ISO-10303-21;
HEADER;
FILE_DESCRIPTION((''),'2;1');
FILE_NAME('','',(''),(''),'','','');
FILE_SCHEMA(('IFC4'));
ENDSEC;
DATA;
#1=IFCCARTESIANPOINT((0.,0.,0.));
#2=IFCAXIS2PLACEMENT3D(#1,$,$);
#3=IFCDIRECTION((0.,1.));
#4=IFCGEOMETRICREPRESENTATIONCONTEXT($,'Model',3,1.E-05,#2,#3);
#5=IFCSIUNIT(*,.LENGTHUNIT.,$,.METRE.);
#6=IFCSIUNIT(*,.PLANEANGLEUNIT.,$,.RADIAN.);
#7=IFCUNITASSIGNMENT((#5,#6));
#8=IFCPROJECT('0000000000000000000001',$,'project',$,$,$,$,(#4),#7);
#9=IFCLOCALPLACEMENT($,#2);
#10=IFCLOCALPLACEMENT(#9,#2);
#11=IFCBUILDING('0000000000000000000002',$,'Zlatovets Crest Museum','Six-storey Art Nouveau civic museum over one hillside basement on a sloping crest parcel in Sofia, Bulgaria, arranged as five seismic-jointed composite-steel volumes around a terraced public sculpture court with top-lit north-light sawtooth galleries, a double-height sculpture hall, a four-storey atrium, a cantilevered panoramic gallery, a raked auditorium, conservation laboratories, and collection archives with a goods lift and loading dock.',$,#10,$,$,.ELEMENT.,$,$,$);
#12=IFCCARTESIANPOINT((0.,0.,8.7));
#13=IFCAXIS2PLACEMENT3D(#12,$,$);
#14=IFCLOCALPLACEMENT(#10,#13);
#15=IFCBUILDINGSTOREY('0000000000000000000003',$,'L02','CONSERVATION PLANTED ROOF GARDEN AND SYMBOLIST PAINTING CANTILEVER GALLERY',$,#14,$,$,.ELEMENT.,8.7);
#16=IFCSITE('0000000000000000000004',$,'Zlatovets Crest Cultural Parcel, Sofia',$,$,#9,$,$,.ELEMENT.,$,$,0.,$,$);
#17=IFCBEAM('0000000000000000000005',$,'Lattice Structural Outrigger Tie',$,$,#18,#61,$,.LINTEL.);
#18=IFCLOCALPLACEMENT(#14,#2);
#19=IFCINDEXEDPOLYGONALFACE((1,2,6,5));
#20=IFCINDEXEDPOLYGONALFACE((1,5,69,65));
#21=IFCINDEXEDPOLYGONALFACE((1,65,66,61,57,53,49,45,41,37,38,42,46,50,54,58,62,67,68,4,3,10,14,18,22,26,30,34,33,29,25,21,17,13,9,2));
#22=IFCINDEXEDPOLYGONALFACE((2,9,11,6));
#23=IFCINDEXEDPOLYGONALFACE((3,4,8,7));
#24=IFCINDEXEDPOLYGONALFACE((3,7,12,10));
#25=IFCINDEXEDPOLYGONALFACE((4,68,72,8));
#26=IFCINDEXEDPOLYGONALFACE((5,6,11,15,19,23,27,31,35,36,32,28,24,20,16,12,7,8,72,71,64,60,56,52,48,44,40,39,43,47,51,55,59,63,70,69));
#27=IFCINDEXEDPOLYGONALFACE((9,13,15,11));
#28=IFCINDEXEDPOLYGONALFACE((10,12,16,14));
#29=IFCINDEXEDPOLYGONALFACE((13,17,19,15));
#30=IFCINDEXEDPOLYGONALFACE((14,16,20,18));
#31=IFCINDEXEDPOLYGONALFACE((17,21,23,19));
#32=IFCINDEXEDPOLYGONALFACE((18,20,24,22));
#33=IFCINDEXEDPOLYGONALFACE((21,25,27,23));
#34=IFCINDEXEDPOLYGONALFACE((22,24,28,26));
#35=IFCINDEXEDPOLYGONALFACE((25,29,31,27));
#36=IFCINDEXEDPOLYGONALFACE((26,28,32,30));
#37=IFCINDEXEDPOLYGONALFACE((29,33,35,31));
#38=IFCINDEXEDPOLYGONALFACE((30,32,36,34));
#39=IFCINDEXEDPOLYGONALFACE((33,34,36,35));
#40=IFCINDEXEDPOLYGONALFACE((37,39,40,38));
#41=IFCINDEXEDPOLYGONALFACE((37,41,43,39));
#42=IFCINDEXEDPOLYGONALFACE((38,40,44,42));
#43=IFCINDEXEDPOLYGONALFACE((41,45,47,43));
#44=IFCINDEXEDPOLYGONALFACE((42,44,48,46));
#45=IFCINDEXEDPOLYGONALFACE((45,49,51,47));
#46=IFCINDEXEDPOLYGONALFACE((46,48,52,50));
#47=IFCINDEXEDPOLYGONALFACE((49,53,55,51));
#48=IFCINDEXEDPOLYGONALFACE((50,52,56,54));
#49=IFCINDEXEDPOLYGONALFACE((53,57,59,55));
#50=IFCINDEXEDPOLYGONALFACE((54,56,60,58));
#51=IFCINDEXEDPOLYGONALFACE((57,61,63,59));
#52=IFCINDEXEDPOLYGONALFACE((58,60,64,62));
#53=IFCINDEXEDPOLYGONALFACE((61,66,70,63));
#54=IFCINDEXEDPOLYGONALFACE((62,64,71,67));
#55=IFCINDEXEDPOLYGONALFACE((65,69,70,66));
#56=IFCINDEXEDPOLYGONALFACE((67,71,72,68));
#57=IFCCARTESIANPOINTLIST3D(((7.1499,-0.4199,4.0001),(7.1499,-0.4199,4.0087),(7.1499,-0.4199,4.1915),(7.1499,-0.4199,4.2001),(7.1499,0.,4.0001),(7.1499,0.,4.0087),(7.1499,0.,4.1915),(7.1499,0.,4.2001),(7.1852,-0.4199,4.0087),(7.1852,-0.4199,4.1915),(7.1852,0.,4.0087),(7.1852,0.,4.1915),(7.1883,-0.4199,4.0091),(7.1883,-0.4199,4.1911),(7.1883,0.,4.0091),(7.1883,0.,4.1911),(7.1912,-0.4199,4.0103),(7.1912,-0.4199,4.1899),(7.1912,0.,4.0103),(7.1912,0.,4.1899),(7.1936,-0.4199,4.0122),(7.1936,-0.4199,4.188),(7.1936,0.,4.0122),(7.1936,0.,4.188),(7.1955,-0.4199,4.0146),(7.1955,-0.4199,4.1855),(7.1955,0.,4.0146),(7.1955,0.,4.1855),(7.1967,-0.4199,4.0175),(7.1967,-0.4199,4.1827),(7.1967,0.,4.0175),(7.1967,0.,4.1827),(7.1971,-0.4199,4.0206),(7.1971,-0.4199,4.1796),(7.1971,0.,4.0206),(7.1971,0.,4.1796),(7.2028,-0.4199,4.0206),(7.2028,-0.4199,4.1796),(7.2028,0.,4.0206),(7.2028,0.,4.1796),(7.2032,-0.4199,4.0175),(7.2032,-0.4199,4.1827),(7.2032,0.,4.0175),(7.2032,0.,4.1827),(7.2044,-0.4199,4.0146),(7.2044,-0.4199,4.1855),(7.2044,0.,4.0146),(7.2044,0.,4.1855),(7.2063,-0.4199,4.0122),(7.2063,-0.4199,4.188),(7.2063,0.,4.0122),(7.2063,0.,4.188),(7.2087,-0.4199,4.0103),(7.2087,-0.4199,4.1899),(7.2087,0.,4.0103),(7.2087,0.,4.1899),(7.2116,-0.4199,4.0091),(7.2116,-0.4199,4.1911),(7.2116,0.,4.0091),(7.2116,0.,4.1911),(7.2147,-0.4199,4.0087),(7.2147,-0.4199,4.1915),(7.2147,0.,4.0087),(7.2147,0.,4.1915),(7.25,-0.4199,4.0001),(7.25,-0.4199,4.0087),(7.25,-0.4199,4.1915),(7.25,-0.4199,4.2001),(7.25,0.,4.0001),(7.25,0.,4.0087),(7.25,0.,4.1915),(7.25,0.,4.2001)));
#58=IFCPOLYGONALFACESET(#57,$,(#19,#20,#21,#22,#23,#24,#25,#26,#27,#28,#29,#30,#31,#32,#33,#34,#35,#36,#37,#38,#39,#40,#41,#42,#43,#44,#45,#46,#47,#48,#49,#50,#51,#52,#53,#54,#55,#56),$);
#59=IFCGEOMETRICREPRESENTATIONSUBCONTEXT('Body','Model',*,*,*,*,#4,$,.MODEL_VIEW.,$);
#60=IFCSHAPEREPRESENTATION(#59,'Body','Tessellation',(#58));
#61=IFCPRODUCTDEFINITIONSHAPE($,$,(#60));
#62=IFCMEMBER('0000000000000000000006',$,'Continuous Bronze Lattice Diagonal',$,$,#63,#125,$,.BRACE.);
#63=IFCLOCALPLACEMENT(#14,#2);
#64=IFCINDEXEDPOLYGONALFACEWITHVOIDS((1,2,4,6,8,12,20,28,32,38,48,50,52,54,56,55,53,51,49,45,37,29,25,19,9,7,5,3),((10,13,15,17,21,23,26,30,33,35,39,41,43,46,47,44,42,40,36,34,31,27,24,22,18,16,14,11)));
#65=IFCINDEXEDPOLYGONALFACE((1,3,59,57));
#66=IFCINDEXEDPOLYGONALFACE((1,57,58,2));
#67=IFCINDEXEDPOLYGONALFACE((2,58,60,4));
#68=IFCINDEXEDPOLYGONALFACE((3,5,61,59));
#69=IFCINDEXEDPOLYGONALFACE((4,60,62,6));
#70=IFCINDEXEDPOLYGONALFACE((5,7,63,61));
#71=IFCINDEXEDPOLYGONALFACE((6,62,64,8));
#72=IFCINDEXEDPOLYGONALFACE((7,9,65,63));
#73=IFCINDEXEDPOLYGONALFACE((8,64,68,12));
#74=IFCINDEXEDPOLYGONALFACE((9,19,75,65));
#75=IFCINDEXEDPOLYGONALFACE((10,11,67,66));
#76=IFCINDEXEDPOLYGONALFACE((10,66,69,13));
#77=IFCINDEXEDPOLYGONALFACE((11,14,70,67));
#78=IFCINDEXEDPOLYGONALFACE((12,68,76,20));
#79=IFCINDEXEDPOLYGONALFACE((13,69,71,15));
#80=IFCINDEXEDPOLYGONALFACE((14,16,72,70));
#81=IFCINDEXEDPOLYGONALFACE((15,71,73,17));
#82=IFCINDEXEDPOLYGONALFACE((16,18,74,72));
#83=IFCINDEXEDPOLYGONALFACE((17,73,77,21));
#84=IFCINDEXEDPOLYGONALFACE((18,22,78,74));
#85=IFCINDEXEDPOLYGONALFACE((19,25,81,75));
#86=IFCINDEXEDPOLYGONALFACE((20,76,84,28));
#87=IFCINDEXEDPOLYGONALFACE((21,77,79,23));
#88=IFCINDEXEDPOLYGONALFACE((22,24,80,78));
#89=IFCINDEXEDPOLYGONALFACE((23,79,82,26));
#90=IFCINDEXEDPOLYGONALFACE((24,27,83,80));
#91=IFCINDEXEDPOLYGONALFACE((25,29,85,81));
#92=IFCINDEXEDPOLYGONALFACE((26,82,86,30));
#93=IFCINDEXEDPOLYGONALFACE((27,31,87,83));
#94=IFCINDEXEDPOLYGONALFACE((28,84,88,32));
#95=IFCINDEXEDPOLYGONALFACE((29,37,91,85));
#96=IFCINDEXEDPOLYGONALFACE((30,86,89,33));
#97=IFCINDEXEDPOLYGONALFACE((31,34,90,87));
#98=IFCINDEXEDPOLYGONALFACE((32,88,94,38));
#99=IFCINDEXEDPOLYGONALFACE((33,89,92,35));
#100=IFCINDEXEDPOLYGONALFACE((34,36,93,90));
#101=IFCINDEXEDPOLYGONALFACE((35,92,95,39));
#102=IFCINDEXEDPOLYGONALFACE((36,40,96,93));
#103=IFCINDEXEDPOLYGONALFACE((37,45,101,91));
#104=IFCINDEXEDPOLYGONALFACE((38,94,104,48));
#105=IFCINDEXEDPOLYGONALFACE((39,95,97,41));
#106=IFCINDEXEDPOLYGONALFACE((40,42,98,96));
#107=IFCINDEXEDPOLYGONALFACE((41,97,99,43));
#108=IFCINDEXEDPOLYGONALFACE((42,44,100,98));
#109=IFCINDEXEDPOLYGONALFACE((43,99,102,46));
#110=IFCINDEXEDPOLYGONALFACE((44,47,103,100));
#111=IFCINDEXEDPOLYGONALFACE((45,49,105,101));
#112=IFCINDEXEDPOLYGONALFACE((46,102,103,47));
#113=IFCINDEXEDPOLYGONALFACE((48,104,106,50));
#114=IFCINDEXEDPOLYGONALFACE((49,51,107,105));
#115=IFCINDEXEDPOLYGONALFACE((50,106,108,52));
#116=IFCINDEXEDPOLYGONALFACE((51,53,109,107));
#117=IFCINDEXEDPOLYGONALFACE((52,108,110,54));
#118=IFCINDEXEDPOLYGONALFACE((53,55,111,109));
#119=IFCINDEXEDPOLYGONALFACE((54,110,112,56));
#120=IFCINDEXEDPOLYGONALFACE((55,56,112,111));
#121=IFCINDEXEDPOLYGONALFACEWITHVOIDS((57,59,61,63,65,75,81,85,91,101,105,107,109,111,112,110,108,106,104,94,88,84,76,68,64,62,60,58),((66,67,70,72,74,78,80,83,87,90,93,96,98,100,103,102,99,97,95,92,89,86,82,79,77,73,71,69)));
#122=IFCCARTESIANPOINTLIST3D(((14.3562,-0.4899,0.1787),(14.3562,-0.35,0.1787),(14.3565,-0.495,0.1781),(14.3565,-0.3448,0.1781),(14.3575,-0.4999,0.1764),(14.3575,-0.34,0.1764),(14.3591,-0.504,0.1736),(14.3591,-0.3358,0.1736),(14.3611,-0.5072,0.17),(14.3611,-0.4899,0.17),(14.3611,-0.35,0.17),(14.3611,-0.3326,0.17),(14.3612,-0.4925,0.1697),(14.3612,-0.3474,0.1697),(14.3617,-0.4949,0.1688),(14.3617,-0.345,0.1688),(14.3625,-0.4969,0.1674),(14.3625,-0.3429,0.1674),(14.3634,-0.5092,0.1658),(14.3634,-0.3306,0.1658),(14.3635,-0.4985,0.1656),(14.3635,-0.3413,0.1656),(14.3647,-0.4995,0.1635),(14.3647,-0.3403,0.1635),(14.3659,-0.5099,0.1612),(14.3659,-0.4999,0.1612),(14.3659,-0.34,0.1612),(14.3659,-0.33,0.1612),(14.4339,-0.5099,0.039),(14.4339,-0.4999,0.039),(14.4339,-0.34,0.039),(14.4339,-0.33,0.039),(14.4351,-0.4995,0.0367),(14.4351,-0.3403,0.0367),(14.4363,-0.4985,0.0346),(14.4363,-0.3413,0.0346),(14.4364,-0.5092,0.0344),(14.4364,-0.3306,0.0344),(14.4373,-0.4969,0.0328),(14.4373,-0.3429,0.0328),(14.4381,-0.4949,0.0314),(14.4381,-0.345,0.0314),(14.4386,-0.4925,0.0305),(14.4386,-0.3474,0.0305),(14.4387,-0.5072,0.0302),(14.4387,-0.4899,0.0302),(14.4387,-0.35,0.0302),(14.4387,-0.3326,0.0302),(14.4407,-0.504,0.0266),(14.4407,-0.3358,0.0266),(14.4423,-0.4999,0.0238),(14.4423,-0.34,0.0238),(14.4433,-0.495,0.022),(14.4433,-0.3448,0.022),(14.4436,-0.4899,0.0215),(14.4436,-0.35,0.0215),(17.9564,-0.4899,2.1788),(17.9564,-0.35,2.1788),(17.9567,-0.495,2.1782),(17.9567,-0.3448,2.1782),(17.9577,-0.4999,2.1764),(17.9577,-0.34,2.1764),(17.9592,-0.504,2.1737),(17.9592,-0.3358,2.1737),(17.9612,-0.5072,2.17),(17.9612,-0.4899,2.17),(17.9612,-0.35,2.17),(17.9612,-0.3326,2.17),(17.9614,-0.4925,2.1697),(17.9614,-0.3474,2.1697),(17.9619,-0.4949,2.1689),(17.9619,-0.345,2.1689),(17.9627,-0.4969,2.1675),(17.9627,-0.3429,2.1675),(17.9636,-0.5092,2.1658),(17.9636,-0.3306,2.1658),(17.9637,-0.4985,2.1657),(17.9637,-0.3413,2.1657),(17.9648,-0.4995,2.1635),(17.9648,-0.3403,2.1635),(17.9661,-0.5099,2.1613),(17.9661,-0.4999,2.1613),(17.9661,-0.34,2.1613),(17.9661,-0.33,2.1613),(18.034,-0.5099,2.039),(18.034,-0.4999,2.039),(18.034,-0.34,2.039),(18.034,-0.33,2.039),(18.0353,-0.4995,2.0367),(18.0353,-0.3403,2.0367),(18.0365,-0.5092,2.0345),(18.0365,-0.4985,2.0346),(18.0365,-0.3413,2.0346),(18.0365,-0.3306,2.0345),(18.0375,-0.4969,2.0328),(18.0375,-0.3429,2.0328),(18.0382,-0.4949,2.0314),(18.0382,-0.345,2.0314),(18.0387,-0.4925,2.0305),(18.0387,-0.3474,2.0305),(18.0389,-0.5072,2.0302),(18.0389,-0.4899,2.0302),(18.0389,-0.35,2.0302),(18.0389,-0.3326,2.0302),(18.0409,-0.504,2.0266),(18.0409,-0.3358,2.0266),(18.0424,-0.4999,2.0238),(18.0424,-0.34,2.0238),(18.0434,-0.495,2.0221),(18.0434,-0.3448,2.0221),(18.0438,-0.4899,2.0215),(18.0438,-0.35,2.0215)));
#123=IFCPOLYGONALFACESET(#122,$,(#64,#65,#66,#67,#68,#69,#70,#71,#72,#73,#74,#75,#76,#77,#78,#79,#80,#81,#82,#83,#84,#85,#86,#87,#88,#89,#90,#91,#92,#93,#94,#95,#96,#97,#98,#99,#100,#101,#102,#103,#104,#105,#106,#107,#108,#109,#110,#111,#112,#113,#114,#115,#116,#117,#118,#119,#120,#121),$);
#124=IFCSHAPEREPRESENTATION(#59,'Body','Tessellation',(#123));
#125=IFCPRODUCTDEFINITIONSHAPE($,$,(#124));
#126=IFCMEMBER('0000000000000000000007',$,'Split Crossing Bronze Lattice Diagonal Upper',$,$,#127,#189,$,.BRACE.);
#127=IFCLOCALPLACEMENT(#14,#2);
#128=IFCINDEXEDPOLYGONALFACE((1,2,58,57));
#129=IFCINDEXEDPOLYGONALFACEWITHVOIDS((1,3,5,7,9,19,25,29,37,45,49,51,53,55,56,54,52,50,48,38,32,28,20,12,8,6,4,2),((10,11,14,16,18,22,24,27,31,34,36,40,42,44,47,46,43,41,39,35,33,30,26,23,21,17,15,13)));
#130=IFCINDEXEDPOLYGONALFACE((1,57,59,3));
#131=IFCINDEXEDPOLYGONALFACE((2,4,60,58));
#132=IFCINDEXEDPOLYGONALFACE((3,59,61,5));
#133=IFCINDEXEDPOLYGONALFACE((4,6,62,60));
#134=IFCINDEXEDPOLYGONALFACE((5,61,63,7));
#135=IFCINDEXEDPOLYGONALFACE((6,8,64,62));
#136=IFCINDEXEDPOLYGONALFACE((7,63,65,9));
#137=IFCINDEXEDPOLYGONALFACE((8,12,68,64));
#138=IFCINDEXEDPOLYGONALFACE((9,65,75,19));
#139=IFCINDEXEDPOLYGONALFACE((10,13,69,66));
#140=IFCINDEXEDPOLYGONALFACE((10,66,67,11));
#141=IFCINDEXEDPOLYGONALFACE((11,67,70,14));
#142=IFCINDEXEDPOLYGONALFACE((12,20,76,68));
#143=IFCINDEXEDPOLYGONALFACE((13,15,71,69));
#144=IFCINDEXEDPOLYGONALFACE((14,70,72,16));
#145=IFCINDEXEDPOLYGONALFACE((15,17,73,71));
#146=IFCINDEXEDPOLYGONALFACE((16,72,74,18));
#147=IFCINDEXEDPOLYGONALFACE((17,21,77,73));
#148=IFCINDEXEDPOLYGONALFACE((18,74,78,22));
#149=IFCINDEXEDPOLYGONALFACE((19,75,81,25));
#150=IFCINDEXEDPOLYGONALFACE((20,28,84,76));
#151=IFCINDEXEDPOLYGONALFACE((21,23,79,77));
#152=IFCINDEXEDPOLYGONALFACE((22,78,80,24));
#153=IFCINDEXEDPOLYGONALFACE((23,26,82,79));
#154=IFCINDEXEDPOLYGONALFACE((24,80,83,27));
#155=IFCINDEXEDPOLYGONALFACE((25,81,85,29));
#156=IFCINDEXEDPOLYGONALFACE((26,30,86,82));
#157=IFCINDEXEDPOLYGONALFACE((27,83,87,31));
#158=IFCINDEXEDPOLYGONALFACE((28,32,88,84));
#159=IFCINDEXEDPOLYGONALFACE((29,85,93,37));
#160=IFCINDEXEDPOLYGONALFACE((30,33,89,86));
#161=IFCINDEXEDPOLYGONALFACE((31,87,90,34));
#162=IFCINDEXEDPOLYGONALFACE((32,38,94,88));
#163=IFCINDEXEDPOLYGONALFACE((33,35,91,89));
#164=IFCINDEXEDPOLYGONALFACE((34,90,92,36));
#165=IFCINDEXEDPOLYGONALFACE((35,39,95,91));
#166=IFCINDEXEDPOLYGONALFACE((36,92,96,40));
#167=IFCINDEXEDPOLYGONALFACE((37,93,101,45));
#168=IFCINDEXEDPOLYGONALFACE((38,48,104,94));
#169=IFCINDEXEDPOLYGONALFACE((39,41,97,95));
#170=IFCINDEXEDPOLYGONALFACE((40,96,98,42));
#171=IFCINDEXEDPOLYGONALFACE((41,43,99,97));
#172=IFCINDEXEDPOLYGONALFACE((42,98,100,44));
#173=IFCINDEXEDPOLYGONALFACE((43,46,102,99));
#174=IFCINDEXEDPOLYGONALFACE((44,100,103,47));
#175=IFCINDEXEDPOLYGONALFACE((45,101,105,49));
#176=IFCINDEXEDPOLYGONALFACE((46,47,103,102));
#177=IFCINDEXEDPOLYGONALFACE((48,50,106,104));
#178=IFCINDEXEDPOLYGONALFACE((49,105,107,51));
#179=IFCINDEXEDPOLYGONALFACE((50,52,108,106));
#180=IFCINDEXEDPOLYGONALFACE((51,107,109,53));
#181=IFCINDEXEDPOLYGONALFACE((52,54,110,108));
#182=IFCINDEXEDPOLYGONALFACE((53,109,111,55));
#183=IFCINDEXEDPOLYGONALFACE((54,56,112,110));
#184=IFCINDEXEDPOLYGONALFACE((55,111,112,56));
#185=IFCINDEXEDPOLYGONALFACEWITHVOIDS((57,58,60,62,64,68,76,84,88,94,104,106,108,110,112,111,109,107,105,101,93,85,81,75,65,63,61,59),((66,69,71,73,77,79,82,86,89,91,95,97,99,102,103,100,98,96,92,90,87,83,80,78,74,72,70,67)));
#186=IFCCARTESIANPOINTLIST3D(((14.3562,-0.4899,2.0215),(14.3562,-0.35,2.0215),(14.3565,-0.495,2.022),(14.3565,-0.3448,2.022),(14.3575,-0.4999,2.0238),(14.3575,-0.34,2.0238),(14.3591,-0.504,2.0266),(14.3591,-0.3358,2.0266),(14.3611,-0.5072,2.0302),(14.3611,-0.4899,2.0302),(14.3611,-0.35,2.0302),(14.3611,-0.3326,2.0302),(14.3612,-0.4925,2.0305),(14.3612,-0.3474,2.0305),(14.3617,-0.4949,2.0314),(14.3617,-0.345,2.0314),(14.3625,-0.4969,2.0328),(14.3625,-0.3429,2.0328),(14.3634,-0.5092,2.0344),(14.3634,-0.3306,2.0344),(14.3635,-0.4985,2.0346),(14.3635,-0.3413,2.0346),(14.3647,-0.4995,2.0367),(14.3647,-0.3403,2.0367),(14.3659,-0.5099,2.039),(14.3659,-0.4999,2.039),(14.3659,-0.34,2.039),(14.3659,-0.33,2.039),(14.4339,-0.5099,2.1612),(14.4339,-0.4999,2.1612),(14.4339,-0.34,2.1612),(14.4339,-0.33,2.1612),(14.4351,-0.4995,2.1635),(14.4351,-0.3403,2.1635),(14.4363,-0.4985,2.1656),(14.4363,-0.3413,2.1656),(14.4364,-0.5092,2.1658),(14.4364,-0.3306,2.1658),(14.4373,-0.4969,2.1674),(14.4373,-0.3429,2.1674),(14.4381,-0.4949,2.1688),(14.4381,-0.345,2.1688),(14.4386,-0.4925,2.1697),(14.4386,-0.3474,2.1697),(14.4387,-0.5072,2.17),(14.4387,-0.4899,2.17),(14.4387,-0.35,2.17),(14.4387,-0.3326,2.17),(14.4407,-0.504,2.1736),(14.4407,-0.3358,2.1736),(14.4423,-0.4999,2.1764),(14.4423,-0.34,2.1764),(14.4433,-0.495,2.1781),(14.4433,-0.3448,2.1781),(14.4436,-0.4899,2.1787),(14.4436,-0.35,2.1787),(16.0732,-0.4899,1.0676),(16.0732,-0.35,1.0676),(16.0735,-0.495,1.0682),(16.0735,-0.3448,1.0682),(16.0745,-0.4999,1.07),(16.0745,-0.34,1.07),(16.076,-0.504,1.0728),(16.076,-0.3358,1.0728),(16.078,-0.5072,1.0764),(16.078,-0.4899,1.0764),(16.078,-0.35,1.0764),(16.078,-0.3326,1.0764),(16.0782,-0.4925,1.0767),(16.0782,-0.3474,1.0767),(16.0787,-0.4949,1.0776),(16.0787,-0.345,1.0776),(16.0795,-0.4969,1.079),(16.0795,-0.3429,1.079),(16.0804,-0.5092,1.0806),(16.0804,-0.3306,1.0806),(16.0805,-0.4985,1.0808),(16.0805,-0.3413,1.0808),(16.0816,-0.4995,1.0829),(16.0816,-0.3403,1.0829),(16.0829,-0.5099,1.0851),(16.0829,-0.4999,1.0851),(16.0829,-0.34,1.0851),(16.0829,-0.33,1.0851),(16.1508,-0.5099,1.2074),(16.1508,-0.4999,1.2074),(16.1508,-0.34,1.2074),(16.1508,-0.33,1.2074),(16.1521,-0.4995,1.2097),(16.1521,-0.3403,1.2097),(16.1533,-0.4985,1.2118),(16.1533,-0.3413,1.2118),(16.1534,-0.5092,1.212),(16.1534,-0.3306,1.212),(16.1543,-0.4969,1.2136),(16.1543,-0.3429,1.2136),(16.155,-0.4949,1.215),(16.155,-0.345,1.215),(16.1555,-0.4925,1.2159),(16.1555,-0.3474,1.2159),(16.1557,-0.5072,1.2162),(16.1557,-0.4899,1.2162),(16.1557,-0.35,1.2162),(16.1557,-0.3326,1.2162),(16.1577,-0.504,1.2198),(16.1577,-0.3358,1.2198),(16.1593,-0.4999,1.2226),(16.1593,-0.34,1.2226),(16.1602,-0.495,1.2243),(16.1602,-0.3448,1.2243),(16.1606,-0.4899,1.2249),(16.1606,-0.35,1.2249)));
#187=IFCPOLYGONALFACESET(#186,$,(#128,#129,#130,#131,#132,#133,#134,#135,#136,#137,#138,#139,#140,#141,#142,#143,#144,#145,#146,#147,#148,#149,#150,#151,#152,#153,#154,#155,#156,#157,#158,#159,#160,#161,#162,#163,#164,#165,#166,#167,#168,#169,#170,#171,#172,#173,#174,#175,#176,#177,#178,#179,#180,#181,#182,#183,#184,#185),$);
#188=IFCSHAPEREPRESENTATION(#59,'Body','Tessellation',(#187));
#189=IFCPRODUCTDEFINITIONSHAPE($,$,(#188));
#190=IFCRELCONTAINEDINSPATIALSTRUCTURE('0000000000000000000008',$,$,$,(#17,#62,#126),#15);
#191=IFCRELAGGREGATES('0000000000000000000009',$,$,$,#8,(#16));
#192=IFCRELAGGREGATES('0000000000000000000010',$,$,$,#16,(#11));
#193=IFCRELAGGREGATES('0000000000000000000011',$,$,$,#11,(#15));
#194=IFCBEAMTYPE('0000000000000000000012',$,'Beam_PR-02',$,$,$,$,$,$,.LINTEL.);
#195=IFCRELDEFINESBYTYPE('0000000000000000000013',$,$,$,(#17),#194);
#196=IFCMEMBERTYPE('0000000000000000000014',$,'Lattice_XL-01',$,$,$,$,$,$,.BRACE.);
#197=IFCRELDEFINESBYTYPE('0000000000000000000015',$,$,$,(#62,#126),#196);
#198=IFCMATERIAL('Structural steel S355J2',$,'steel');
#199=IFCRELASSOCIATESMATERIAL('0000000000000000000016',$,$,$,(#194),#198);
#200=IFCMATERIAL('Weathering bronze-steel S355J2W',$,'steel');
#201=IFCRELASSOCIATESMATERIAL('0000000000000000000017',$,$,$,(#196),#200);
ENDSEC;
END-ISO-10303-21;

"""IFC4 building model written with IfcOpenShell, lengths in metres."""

from ifc_helpers import new_model, si_unit, direction, frame, origin, origin_2d, place, context, subcontext, project, spatial, hollow_rectangle, i_section, extrude, material, material_profile, profile_set, type_object, element, save


model = new_model("IFC4")

# Units and contexts
model_context = context("Model", 3, precision=1e-05, world=origin(), true_north=direction((0.0, 1.0)))
body_context = subcontext(model_context, "Body", "Model", "MODEL_VIEW")
ifc_project = project(units=[si_unit("LENGTHUNIT", "METRE"), si_unit("PLANEANGLEUNIT", "RADIAN")], contexts=[model_context])

# Site, building, storey
site_placement = place(None, origin())
site = spatial("IfcSite", under=ifc_project, at=site_placement, Name="Zlatovets Crest Cultural Parcel, Sofia", CompositionType="ELEMENT", RefElevation=0.0)
building_placement = place(site_placement, origin())
building = spatial("IfcBuilding", under=site, at=building_placement, Name="Zlatovets Crest Museum", Description="Six-storey Art Nouveau civic museum over one hillside basement on a sloping crest parcel in Sofia, Bulgaria, arranged as five seismic-jointed composite-steel volumes around a terraced public sculpture court with top-lit north-light sawtooth galleries, a double-height sculpture hall, a four-storey atrium, a cantilevered panoramic gallery, a raked auditorium, conservation laboratories, and collection archives with a goods lift and loading dock.", CompositionType="ELEMENT")
storey_placement = place(building_placement, frame((0.0, 0.0, 8.7)))
storey = spatial("IfcBuildingStorey", under=building, at=storey_placement, Name="L02", Description="CONSERVATION PLANTED ROOF GARDEN AND SYMBOLIST PAINTING CANTILEVER GALLERY", CompositionType="ELEMENT", Elevation=8.7)

# Shared definitions
ifc_material_1 = material(Name="Structural steel S355J2", Category="steel")

# Beam
ifc_material_profile_1 = material_profile(ifc_material_1, i_section(OverallWidth=0.1001, OverallDepth=0.2, WebThickness=0.0056, FlangeThickness=0.0085, FilletRadius=0.012, at=origin_2d()), Name="IPE 200")
ifc_profile_set_1 = profile_set([ifc_material_profile_1], Name="Structural steel S355J2")
beam_type_1 = type_object("IfcBeamType", Name="Beam_PR-02", PredefinedType="LINTEL", material=ifc_profile_set_1)
for number, where, z_axis, x_axis, name in (
    (1, (7.2, 0.0, 4.1001), (0.0, -1.0, 0.0), (1.0, 0.0, 0.0), "Lattice Structural Outrigger Tie"),
):
    element("IfcBeam", number, at=place(storey_placement, frame(where, z_axis=z_axis, x_axis=x_axis)), inside=storey, type_object=beam_type_1, Name=name, PredefinedType="LINTEL", context=body_context, shape_type="SweptSolid", body=[
        extrude(i_section(OverallWidth=0.1001, OverallDepth=0.2, WebThickness=0.0056, FlangeThickness=0.0085, FilletRadius=0.012, at=origin_2d()), origin(), (0.0, 0.0, 1.0), 0.4199),
    ])

# Members
ifc_material_2 = material(Name="Weathering bronze-steel S355J2W", Category="steel")
ifc_material_profile_2 = material_profile(ifc_material_2, hollow_rectangle(XDim=0.1799, YDim=0.1799, WallThickness=0.01, InnerFilletRadius=0.01, OuterFilletRadius=0.02, at=origin_2d()), Name="SHS 180x180x10.0")
ifc_profile_set_2 = profile_set([ifc_material_profile_2], Name="Weathering bronze-steel S355J2W")
member_type = type_object("IfcMemberType", Name="Lattice_XL-01", PredefinedType="BRACE", material=ifc_profile_set_2)
member_1_placement = place(storey_placement, frame((14.3999, -0.4199, 0.1001), z_axis=(0.874163, 0.0, 0.485633), x_axis=(0.0, 1.0, 0.0)))
element("IfcMember", 2, at=member_1_placement, inside=storey, type_object=member_type, Name="Continuous Bronze Lattice Diagonal", PredefinedType="BRACE", context=body_context, shape_type="SweptSolid", body=[
    extrude(hollow_rectangle(XDim=0.1799, YDim=0.1799, WallThickness=0.01, InnerFilletRadius=0.01, OuterFilletRadius=0.02, at=origin_2d()), origin(), (0.0, 0.0, 1.0), 4.1184),
])
member_2_placement = place(storey_placement, frame((14.3999, -0.4199, 2.1001), z_axis=(0.874169, 0.0, -0.485622), x_axis=(0.0, 1.0, 0.0)))
element("IfcMember", 3, at=member_2_placement, inside=storey, type_object=member_type, Name="Split Crossing Bronze Lattice Diagonal Upper", PredefinedType="BRACE", context=body_context, shape_type="SweptSolid", body=[
    extrude(hollow_rectangle(XDim=0.1799, YDim=0.1799, WallThickness=0.01, InnerFilletRadius=0.01, OuterFilletRadius=0.02, at=origin_2d()), origin(), (0.0, 0.0, 1.0), 1.9641),
])

save(model, "model.ifc")
